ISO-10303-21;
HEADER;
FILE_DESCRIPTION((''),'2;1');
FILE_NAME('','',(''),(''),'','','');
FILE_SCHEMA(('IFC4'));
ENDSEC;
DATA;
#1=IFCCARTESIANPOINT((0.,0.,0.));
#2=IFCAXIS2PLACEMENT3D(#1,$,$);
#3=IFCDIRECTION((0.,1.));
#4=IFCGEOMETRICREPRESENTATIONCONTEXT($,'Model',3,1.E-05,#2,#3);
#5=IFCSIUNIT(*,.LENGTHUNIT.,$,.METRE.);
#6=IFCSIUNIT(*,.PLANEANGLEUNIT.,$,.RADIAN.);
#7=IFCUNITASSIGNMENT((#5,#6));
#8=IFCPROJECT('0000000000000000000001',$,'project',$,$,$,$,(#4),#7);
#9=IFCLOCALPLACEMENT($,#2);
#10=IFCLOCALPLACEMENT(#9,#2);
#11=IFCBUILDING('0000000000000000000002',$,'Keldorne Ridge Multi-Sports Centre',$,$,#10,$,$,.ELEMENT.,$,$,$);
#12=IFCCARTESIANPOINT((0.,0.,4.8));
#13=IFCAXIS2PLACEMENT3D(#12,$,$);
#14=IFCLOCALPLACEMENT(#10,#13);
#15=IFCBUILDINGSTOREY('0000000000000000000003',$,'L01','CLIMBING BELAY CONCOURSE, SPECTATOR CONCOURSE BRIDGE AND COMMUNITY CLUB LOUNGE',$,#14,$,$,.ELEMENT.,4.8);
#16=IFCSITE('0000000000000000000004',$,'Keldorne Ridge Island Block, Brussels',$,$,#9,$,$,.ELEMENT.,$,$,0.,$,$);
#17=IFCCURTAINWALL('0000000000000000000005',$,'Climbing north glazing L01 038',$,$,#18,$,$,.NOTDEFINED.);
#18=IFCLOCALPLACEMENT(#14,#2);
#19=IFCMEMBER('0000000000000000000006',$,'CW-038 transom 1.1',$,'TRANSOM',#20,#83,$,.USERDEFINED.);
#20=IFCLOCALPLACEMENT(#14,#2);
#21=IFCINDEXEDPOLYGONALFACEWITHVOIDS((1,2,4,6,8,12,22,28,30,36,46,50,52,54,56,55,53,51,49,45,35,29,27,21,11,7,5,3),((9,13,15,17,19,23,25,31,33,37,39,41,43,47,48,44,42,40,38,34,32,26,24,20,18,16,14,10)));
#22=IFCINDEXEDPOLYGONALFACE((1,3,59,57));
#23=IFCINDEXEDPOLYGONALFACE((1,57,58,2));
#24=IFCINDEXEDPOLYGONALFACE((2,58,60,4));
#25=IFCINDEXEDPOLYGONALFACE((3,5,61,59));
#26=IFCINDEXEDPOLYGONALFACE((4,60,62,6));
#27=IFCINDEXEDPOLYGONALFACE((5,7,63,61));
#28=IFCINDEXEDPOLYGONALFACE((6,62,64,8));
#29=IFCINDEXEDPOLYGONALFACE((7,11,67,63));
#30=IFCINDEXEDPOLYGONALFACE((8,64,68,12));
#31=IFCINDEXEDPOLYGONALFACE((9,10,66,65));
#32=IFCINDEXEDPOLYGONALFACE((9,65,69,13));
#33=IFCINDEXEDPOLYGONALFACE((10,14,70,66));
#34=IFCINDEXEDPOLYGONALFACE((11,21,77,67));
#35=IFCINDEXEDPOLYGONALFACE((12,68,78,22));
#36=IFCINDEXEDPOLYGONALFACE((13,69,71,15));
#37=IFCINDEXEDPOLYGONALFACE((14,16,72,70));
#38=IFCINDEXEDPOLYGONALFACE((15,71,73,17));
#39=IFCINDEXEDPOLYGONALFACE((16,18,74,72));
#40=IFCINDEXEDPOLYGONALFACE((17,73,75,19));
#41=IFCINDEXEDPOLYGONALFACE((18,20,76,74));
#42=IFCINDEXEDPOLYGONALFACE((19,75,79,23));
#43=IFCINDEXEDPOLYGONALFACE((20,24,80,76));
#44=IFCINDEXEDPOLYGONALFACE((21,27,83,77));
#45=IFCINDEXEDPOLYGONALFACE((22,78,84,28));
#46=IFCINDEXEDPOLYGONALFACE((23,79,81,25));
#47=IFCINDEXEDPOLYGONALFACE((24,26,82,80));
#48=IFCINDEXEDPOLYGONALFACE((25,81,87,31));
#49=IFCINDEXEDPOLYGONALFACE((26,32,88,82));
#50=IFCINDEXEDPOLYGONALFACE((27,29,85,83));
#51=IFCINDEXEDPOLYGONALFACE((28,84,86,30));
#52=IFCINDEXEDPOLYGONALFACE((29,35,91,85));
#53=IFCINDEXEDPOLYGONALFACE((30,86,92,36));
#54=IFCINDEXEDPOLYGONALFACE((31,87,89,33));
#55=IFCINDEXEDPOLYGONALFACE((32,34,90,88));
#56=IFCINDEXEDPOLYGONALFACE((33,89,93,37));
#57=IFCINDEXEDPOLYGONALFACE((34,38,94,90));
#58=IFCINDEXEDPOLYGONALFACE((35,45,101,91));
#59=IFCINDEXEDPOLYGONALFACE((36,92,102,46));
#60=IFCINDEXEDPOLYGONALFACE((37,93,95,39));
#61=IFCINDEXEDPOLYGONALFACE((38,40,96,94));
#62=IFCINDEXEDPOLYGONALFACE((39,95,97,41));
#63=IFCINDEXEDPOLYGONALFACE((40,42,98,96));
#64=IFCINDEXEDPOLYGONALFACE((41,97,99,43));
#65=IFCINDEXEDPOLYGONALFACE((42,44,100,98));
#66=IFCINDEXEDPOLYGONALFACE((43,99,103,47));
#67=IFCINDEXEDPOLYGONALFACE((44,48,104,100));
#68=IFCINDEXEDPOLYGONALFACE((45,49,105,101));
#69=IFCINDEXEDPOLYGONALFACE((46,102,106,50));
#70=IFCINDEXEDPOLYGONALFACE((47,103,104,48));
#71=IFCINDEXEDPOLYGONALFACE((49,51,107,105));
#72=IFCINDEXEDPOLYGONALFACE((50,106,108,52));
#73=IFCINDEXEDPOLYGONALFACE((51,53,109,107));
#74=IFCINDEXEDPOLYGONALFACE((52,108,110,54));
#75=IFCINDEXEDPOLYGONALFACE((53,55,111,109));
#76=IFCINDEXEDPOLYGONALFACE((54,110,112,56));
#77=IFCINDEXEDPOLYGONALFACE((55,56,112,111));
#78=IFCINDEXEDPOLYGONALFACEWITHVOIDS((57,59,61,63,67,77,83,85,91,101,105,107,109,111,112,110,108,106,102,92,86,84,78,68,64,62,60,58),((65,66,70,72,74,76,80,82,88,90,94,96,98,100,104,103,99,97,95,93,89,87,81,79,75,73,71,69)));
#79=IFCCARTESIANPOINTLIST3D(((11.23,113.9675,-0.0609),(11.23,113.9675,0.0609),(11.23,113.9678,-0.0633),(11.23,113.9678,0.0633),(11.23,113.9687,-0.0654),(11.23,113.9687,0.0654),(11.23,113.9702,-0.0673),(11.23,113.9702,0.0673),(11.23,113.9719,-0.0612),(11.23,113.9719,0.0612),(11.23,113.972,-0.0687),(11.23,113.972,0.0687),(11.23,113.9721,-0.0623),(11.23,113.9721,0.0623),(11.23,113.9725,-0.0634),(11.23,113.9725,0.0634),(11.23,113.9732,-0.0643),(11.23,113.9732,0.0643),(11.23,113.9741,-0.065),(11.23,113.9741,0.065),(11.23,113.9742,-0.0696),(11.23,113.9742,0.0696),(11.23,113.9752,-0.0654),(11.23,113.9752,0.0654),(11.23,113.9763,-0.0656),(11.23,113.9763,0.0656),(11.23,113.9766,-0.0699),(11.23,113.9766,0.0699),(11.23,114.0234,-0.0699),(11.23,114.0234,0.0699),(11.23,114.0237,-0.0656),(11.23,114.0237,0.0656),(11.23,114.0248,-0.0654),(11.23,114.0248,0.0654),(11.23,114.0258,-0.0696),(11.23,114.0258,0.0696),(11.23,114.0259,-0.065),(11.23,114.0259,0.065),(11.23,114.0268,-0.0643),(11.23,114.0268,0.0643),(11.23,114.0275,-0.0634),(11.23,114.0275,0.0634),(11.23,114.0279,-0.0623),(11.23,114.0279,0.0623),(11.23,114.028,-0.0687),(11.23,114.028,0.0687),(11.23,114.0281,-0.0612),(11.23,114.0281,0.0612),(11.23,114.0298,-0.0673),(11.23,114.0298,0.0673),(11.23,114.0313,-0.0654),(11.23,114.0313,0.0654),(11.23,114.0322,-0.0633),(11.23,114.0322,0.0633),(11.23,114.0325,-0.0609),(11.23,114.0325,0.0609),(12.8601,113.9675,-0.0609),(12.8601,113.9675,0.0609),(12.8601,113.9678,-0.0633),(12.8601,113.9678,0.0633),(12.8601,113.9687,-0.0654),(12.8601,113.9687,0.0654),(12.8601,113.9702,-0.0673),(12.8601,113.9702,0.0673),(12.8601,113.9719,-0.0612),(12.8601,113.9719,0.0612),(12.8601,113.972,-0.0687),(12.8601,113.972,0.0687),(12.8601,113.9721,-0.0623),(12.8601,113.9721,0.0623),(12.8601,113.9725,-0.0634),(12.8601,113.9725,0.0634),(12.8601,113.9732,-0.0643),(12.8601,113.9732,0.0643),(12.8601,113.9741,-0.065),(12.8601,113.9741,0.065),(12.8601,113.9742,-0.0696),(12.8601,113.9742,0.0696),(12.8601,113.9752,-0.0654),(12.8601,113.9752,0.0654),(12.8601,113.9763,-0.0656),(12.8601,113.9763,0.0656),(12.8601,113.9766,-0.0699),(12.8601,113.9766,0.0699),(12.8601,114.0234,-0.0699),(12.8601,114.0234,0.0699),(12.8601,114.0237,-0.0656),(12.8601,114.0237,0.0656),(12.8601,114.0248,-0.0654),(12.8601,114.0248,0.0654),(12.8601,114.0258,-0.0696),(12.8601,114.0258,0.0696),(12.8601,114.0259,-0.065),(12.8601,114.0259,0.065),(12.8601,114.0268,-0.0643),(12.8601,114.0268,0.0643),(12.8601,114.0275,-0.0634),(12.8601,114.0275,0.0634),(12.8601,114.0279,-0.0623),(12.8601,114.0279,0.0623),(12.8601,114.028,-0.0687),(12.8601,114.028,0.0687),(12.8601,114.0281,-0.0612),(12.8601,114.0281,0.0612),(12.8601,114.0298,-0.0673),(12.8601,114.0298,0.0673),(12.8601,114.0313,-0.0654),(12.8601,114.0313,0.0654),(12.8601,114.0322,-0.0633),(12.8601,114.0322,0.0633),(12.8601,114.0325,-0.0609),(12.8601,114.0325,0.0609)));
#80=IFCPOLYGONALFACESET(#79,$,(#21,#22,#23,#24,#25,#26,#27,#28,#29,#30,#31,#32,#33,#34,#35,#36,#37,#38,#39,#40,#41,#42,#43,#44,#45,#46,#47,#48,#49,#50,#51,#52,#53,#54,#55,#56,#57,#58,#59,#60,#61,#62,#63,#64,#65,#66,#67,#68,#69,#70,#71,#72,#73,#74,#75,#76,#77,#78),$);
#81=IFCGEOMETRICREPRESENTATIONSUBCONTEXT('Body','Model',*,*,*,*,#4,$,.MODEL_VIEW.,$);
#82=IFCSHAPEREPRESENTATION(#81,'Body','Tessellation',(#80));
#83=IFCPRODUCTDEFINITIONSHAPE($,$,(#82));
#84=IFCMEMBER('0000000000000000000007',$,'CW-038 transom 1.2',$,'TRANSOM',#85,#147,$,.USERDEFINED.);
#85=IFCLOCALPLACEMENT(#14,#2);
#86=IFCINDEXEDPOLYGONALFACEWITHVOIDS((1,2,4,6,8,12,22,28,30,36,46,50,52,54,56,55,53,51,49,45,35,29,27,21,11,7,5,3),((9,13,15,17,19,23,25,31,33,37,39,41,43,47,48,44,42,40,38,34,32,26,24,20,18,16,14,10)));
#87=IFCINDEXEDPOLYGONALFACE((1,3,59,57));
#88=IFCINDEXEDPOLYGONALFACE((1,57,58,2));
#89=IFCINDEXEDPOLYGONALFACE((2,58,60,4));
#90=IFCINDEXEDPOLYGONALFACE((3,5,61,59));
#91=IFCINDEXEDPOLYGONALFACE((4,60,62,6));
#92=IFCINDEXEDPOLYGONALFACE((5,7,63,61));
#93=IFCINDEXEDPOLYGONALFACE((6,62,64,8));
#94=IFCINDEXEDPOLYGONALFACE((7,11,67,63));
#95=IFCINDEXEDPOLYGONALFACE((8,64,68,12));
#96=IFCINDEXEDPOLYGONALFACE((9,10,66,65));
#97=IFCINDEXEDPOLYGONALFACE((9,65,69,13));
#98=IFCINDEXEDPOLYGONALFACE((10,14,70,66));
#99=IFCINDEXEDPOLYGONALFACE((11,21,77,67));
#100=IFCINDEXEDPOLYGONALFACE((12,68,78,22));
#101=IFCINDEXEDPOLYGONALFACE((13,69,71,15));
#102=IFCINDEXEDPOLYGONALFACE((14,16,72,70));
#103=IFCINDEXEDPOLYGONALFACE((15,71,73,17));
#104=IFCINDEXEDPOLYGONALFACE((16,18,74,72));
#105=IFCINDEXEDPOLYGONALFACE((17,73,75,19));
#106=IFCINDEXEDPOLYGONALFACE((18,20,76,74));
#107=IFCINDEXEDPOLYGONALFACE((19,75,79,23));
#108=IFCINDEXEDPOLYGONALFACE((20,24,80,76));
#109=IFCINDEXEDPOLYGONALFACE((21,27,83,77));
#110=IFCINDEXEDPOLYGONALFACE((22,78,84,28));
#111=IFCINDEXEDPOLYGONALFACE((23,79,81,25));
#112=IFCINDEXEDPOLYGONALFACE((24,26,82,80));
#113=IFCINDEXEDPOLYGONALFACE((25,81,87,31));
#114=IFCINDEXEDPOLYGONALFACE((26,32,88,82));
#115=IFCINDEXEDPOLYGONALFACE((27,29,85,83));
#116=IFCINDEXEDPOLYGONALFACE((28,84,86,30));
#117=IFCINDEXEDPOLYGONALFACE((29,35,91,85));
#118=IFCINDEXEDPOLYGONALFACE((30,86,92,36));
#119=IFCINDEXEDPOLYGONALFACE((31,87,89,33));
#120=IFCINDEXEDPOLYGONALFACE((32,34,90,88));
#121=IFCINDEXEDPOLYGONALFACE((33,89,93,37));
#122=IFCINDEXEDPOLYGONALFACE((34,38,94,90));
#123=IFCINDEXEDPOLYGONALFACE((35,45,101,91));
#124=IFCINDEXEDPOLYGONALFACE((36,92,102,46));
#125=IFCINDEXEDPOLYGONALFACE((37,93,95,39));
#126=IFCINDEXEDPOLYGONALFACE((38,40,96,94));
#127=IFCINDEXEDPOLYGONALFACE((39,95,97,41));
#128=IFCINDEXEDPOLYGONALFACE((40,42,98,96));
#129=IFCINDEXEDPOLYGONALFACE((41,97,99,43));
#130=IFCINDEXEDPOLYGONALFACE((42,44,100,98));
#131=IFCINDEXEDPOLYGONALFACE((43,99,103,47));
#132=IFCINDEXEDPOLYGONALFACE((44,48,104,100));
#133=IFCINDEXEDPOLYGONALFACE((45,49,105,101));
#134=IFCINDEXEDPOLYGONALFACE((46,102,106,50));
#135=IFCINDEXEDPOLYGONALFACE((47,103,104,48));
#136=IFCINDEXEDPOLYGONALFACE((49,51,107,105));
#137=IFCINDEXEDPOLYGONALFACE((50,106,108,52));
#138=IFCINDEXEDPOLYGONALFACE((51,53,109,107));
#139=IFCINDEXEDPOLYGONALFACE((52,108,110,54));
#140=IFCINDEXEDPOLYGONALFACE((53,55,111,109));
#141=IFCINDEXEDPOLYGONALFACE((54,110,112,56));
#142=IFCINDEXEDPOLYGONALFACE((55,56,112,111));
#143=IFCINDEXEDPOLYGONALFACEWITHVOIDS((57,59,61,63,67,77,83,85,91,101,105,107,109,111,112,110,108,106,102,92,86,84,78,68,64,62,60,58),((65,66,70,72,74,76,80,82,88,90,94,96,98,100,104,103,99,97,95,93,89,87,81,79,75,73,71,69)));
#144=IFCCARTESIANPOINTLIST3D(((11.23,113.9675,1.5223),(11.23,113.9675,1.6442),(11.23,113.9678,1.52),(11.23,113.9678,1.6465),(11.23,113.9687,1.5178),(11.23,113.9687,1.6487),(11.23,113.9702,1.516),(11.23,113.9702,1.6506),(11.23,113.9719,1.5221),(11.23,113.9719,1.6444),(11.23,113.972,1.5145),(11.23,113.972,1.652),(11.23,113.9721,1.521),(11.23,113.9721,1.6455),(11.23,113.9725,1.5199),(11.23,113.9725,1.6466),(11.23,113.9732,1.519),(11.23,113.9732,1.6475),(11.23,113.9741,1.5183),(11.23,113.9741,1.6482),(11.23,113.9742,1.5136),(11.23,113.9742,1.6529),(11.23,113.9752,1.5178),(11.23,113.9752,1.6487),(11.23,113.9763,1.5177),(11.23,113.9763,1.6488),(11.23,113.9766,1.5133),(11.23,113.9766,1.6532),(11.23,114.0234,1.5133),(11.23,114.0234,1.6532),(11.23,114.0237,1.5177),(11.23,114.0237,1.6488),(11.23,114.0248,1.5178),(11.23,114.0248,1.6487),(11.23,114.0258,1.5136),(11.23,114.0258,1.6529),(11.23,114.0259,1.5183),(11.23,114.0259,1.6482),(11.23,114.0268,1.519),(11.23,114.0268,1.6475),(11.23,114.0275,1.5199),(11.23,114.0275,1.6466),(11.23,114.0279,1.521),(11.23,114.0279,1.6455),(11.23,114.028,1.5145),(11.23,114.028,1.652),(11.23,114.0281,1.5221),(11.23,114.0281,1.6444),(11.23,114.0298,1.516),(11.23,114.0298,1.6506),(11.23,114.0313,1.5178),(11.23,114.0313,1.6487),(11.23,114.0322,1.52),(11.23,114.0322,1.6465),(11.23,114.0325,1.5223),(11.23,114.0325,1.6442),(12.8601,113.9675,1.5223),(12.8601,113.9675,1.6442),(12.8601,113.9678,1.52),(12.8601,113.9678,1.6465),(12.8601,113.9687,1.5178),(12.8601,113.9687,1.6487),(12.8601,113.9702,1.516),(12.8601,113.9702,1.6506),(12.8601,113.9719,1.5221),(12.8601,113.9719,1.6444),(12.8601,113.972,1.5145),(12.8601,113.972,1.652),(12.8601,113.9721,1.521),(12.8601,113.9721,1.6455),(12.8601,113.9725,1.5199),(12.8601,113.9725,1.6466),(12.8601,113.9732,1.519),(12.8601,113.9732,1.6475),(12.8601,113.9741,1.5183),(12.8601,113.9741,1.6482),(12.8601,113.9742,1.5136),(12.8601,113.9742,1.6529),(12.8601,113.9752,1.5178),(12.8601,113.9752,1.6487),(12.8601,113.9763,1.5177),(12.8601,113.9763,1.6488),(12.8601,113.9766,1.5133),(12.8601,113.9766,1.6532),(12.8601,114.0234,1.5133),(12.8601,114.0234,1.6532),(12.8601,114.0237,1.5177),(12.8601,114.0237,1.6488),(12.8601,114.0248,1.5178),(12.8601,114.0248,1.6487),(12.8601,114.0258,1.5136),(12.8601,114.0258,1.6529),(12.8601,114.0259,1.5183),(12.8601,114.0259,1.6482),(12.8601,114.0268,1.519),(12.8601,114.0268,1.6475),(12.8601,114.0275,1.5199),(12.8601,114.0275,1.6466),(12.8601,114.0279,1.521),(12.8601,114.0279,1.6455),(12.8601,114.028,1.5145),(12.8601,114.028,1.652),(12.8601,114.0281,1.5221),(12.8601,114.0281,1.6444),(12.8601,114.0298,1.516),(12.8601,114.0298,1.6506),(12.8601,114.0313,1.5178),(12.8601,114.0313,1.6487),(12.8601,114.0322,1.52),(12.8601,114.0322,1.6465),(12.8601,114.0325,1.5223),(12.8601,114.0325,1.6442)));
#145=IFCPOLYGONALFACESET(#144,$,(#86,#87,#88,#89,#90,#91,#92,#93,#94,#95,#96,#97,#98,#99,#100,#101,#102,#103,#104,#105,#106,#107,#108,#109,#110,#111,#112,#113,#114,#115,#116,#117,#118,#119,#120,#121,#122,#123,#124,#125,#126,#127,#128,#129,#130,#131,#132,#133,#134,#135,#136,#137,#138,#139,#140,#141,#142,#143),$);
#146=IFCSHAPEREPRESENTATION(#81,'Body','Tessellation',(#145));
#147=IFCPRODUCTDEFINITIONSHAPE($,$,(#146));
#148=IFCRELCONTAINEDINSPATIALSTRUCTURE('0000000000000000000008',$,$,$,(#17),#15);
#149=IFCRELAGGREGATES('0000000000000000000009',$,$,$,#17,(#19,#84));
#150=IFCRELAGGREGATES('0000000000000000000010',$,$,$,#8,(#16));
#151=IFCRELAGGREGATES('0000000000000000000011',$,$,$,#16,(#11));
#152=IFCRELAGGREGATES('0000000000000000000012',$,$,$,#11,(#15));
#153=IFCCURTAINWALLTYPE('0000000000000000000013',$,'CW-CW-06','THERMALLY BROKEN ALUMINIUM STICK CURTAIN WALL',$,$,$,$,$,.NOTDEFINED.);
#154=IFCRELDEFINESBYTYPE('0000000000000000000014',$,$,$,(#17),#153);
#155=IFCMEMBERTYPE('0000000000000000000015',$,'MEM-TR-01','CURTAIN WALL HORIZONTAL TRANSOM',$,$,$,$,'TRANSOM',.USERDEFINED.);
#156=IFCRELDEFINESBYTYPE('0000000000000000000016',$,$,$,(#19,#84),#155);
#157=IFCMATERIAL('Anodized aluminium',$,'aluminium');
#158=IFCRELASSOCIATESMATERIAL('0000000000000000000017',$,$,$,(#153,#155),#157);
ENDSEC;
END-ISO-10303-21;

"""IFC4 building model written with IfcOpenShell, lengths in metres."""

from ifc_helpers import new_model, si_unit, direction, frame, origin, origin_2d, place, context, subcontext, project, spatial, hollow_rectangle, extrude, material, material_profile, profile_set, type_object, element, aggregate, save


model = new_model("IFC4")

# Units and contexts
model_context = context("Model", 3, precision=1e-05, world=origin(), true_north=direction((0.0, 1.0)))
body_context = subcontext(model_context, "Body", "Model", "MODEL_VIEW")
ifc_project = project(units=[si_unit("LENGTHUNIT", "METRE"), si_unit("PLANEANGLEUNIT", "RADIAN")], contexts=[model_context])

# Site, building, storey
site_placement = place(None, origin())
site = spatial("IfcSite", under=ifc_project, at=site_placement, Name="Keldorne Ridge Island Block, Brussels", CompositionType="ELEMENT", RefElevation=0.0)
building_placement = place(site_placement, origin())
building = spatial("IfcBuilding", under=site, at=building_placement, Name="Keldorne Ridge Multi-Sports Centre", CompositionType="ELEMENT")
storey_placement = place(building_placement, frame((0.0, 0.0, 4.8)))
storey = spatial("IfcBuildingStorey", under=building, at=storey_placement, Name="L01", Description="CLIMBING BELAY CONCOURSE, SPECTATOR CONCOURSE BRIDGE AND COMMUNITY CLUB LOUNGE", CompositionType="ELEMENT", Elevation=4.8)

# Curtain wall
ifc_material_1 = material(Name="Anodized aluminium", Category="aluminium")
curtain_wall_type_1 = type_object("IfcCurtainWallType", Name="CW-CW-06", Description="THERMALLY BROKEN ALUMINIUM STICK CURTAIN WALL", PredefinedType="NOTDEFINED", material=ifc_material_1)
curtain_wall_1_placement = place(storey_placement, origin())
curtain_wall_1 = element("IfcCurtainWall", 1, at=curtain_wall_1_placement, inside=storey, type_object=curtain_wall_type_1, Name="Climbing north glazing L01 038", PredefinedType="NOTDEFINED")

# Members
ifc_material_profile_1 = material_profile(ifc_material_1, hollow_rectangle(XDim=0.0649, YDim=0.1399, WallThickness=0.0044, InnerFilletRadius=0.0044, OuterFilletRadius=0.009, at=origin_2d()), Name="ALU TRANSOM 140x65x4.5")
ifc_profile_set_1 = profile_set([ifc_material_profile_1], Name="Anodized aluminium")
member_type_1 = type_object("IfcMemberType", Name="MEM-TR-01", Description="CURTAIN WALL HORIZONTAL TRANSOM", ElementType="TRANSOM", PredefinedType="USERDEFINED", material=ifc_profile_set_1)
member_1_placement = place(storey_placement, frame((12.8601, 114.0, 0.0), z_axis=(-1.0, 0.0, 0.0), x_axis=(0.0, -1.0, 0.0)))
member_1 = element("IfcMember", 2, at=member_1_placement, type_object=member_type_1, Name="CW-038 transom 1.1", ObjectType="TRANSOM", PredefinedType="USERDEFINED", context=body_context, shape_type="SweptSolid", body=[
    extrude(hollow_rectangle(XDim=0.0649, YDim=0.1399, WallThickness=0.0044, InnerFilletRadius=0.0044, OuterFilletRadius=0.009, at=origin_2d()), origin(), (0.0, 0.0, 1.0), 1.6301),
])
member_2_placement = place(storey_placement, frame((12.8601, 114.0, 1.5833), z_axis=(-1.0, 0.0, 0.0), x_axis=(0.0, -1.0, 0.0)))
member_2 = element("IfcMember", 3, at=member_2_placement, type_object=member_type_1, Name="CW-038 transom 1.2", ObjectType="TRANSOM", PredefinedType="USERDEFINED", context=body_context, shape_type="SweptSolid", body=[
    extrude(hollow_rectangle(XDim=0.0649, YDim=0.1399, WallThickness=0.0044, InnerFilletRadius=0.0044, OuterFilletRadius=0.009, at=origin_2d()), origin(), (0.0, 0.0, 1.0), 1.6301),
])

aggregate(curtain_wall_1, [member_1, member_2])

save(model, "model.ifc")
